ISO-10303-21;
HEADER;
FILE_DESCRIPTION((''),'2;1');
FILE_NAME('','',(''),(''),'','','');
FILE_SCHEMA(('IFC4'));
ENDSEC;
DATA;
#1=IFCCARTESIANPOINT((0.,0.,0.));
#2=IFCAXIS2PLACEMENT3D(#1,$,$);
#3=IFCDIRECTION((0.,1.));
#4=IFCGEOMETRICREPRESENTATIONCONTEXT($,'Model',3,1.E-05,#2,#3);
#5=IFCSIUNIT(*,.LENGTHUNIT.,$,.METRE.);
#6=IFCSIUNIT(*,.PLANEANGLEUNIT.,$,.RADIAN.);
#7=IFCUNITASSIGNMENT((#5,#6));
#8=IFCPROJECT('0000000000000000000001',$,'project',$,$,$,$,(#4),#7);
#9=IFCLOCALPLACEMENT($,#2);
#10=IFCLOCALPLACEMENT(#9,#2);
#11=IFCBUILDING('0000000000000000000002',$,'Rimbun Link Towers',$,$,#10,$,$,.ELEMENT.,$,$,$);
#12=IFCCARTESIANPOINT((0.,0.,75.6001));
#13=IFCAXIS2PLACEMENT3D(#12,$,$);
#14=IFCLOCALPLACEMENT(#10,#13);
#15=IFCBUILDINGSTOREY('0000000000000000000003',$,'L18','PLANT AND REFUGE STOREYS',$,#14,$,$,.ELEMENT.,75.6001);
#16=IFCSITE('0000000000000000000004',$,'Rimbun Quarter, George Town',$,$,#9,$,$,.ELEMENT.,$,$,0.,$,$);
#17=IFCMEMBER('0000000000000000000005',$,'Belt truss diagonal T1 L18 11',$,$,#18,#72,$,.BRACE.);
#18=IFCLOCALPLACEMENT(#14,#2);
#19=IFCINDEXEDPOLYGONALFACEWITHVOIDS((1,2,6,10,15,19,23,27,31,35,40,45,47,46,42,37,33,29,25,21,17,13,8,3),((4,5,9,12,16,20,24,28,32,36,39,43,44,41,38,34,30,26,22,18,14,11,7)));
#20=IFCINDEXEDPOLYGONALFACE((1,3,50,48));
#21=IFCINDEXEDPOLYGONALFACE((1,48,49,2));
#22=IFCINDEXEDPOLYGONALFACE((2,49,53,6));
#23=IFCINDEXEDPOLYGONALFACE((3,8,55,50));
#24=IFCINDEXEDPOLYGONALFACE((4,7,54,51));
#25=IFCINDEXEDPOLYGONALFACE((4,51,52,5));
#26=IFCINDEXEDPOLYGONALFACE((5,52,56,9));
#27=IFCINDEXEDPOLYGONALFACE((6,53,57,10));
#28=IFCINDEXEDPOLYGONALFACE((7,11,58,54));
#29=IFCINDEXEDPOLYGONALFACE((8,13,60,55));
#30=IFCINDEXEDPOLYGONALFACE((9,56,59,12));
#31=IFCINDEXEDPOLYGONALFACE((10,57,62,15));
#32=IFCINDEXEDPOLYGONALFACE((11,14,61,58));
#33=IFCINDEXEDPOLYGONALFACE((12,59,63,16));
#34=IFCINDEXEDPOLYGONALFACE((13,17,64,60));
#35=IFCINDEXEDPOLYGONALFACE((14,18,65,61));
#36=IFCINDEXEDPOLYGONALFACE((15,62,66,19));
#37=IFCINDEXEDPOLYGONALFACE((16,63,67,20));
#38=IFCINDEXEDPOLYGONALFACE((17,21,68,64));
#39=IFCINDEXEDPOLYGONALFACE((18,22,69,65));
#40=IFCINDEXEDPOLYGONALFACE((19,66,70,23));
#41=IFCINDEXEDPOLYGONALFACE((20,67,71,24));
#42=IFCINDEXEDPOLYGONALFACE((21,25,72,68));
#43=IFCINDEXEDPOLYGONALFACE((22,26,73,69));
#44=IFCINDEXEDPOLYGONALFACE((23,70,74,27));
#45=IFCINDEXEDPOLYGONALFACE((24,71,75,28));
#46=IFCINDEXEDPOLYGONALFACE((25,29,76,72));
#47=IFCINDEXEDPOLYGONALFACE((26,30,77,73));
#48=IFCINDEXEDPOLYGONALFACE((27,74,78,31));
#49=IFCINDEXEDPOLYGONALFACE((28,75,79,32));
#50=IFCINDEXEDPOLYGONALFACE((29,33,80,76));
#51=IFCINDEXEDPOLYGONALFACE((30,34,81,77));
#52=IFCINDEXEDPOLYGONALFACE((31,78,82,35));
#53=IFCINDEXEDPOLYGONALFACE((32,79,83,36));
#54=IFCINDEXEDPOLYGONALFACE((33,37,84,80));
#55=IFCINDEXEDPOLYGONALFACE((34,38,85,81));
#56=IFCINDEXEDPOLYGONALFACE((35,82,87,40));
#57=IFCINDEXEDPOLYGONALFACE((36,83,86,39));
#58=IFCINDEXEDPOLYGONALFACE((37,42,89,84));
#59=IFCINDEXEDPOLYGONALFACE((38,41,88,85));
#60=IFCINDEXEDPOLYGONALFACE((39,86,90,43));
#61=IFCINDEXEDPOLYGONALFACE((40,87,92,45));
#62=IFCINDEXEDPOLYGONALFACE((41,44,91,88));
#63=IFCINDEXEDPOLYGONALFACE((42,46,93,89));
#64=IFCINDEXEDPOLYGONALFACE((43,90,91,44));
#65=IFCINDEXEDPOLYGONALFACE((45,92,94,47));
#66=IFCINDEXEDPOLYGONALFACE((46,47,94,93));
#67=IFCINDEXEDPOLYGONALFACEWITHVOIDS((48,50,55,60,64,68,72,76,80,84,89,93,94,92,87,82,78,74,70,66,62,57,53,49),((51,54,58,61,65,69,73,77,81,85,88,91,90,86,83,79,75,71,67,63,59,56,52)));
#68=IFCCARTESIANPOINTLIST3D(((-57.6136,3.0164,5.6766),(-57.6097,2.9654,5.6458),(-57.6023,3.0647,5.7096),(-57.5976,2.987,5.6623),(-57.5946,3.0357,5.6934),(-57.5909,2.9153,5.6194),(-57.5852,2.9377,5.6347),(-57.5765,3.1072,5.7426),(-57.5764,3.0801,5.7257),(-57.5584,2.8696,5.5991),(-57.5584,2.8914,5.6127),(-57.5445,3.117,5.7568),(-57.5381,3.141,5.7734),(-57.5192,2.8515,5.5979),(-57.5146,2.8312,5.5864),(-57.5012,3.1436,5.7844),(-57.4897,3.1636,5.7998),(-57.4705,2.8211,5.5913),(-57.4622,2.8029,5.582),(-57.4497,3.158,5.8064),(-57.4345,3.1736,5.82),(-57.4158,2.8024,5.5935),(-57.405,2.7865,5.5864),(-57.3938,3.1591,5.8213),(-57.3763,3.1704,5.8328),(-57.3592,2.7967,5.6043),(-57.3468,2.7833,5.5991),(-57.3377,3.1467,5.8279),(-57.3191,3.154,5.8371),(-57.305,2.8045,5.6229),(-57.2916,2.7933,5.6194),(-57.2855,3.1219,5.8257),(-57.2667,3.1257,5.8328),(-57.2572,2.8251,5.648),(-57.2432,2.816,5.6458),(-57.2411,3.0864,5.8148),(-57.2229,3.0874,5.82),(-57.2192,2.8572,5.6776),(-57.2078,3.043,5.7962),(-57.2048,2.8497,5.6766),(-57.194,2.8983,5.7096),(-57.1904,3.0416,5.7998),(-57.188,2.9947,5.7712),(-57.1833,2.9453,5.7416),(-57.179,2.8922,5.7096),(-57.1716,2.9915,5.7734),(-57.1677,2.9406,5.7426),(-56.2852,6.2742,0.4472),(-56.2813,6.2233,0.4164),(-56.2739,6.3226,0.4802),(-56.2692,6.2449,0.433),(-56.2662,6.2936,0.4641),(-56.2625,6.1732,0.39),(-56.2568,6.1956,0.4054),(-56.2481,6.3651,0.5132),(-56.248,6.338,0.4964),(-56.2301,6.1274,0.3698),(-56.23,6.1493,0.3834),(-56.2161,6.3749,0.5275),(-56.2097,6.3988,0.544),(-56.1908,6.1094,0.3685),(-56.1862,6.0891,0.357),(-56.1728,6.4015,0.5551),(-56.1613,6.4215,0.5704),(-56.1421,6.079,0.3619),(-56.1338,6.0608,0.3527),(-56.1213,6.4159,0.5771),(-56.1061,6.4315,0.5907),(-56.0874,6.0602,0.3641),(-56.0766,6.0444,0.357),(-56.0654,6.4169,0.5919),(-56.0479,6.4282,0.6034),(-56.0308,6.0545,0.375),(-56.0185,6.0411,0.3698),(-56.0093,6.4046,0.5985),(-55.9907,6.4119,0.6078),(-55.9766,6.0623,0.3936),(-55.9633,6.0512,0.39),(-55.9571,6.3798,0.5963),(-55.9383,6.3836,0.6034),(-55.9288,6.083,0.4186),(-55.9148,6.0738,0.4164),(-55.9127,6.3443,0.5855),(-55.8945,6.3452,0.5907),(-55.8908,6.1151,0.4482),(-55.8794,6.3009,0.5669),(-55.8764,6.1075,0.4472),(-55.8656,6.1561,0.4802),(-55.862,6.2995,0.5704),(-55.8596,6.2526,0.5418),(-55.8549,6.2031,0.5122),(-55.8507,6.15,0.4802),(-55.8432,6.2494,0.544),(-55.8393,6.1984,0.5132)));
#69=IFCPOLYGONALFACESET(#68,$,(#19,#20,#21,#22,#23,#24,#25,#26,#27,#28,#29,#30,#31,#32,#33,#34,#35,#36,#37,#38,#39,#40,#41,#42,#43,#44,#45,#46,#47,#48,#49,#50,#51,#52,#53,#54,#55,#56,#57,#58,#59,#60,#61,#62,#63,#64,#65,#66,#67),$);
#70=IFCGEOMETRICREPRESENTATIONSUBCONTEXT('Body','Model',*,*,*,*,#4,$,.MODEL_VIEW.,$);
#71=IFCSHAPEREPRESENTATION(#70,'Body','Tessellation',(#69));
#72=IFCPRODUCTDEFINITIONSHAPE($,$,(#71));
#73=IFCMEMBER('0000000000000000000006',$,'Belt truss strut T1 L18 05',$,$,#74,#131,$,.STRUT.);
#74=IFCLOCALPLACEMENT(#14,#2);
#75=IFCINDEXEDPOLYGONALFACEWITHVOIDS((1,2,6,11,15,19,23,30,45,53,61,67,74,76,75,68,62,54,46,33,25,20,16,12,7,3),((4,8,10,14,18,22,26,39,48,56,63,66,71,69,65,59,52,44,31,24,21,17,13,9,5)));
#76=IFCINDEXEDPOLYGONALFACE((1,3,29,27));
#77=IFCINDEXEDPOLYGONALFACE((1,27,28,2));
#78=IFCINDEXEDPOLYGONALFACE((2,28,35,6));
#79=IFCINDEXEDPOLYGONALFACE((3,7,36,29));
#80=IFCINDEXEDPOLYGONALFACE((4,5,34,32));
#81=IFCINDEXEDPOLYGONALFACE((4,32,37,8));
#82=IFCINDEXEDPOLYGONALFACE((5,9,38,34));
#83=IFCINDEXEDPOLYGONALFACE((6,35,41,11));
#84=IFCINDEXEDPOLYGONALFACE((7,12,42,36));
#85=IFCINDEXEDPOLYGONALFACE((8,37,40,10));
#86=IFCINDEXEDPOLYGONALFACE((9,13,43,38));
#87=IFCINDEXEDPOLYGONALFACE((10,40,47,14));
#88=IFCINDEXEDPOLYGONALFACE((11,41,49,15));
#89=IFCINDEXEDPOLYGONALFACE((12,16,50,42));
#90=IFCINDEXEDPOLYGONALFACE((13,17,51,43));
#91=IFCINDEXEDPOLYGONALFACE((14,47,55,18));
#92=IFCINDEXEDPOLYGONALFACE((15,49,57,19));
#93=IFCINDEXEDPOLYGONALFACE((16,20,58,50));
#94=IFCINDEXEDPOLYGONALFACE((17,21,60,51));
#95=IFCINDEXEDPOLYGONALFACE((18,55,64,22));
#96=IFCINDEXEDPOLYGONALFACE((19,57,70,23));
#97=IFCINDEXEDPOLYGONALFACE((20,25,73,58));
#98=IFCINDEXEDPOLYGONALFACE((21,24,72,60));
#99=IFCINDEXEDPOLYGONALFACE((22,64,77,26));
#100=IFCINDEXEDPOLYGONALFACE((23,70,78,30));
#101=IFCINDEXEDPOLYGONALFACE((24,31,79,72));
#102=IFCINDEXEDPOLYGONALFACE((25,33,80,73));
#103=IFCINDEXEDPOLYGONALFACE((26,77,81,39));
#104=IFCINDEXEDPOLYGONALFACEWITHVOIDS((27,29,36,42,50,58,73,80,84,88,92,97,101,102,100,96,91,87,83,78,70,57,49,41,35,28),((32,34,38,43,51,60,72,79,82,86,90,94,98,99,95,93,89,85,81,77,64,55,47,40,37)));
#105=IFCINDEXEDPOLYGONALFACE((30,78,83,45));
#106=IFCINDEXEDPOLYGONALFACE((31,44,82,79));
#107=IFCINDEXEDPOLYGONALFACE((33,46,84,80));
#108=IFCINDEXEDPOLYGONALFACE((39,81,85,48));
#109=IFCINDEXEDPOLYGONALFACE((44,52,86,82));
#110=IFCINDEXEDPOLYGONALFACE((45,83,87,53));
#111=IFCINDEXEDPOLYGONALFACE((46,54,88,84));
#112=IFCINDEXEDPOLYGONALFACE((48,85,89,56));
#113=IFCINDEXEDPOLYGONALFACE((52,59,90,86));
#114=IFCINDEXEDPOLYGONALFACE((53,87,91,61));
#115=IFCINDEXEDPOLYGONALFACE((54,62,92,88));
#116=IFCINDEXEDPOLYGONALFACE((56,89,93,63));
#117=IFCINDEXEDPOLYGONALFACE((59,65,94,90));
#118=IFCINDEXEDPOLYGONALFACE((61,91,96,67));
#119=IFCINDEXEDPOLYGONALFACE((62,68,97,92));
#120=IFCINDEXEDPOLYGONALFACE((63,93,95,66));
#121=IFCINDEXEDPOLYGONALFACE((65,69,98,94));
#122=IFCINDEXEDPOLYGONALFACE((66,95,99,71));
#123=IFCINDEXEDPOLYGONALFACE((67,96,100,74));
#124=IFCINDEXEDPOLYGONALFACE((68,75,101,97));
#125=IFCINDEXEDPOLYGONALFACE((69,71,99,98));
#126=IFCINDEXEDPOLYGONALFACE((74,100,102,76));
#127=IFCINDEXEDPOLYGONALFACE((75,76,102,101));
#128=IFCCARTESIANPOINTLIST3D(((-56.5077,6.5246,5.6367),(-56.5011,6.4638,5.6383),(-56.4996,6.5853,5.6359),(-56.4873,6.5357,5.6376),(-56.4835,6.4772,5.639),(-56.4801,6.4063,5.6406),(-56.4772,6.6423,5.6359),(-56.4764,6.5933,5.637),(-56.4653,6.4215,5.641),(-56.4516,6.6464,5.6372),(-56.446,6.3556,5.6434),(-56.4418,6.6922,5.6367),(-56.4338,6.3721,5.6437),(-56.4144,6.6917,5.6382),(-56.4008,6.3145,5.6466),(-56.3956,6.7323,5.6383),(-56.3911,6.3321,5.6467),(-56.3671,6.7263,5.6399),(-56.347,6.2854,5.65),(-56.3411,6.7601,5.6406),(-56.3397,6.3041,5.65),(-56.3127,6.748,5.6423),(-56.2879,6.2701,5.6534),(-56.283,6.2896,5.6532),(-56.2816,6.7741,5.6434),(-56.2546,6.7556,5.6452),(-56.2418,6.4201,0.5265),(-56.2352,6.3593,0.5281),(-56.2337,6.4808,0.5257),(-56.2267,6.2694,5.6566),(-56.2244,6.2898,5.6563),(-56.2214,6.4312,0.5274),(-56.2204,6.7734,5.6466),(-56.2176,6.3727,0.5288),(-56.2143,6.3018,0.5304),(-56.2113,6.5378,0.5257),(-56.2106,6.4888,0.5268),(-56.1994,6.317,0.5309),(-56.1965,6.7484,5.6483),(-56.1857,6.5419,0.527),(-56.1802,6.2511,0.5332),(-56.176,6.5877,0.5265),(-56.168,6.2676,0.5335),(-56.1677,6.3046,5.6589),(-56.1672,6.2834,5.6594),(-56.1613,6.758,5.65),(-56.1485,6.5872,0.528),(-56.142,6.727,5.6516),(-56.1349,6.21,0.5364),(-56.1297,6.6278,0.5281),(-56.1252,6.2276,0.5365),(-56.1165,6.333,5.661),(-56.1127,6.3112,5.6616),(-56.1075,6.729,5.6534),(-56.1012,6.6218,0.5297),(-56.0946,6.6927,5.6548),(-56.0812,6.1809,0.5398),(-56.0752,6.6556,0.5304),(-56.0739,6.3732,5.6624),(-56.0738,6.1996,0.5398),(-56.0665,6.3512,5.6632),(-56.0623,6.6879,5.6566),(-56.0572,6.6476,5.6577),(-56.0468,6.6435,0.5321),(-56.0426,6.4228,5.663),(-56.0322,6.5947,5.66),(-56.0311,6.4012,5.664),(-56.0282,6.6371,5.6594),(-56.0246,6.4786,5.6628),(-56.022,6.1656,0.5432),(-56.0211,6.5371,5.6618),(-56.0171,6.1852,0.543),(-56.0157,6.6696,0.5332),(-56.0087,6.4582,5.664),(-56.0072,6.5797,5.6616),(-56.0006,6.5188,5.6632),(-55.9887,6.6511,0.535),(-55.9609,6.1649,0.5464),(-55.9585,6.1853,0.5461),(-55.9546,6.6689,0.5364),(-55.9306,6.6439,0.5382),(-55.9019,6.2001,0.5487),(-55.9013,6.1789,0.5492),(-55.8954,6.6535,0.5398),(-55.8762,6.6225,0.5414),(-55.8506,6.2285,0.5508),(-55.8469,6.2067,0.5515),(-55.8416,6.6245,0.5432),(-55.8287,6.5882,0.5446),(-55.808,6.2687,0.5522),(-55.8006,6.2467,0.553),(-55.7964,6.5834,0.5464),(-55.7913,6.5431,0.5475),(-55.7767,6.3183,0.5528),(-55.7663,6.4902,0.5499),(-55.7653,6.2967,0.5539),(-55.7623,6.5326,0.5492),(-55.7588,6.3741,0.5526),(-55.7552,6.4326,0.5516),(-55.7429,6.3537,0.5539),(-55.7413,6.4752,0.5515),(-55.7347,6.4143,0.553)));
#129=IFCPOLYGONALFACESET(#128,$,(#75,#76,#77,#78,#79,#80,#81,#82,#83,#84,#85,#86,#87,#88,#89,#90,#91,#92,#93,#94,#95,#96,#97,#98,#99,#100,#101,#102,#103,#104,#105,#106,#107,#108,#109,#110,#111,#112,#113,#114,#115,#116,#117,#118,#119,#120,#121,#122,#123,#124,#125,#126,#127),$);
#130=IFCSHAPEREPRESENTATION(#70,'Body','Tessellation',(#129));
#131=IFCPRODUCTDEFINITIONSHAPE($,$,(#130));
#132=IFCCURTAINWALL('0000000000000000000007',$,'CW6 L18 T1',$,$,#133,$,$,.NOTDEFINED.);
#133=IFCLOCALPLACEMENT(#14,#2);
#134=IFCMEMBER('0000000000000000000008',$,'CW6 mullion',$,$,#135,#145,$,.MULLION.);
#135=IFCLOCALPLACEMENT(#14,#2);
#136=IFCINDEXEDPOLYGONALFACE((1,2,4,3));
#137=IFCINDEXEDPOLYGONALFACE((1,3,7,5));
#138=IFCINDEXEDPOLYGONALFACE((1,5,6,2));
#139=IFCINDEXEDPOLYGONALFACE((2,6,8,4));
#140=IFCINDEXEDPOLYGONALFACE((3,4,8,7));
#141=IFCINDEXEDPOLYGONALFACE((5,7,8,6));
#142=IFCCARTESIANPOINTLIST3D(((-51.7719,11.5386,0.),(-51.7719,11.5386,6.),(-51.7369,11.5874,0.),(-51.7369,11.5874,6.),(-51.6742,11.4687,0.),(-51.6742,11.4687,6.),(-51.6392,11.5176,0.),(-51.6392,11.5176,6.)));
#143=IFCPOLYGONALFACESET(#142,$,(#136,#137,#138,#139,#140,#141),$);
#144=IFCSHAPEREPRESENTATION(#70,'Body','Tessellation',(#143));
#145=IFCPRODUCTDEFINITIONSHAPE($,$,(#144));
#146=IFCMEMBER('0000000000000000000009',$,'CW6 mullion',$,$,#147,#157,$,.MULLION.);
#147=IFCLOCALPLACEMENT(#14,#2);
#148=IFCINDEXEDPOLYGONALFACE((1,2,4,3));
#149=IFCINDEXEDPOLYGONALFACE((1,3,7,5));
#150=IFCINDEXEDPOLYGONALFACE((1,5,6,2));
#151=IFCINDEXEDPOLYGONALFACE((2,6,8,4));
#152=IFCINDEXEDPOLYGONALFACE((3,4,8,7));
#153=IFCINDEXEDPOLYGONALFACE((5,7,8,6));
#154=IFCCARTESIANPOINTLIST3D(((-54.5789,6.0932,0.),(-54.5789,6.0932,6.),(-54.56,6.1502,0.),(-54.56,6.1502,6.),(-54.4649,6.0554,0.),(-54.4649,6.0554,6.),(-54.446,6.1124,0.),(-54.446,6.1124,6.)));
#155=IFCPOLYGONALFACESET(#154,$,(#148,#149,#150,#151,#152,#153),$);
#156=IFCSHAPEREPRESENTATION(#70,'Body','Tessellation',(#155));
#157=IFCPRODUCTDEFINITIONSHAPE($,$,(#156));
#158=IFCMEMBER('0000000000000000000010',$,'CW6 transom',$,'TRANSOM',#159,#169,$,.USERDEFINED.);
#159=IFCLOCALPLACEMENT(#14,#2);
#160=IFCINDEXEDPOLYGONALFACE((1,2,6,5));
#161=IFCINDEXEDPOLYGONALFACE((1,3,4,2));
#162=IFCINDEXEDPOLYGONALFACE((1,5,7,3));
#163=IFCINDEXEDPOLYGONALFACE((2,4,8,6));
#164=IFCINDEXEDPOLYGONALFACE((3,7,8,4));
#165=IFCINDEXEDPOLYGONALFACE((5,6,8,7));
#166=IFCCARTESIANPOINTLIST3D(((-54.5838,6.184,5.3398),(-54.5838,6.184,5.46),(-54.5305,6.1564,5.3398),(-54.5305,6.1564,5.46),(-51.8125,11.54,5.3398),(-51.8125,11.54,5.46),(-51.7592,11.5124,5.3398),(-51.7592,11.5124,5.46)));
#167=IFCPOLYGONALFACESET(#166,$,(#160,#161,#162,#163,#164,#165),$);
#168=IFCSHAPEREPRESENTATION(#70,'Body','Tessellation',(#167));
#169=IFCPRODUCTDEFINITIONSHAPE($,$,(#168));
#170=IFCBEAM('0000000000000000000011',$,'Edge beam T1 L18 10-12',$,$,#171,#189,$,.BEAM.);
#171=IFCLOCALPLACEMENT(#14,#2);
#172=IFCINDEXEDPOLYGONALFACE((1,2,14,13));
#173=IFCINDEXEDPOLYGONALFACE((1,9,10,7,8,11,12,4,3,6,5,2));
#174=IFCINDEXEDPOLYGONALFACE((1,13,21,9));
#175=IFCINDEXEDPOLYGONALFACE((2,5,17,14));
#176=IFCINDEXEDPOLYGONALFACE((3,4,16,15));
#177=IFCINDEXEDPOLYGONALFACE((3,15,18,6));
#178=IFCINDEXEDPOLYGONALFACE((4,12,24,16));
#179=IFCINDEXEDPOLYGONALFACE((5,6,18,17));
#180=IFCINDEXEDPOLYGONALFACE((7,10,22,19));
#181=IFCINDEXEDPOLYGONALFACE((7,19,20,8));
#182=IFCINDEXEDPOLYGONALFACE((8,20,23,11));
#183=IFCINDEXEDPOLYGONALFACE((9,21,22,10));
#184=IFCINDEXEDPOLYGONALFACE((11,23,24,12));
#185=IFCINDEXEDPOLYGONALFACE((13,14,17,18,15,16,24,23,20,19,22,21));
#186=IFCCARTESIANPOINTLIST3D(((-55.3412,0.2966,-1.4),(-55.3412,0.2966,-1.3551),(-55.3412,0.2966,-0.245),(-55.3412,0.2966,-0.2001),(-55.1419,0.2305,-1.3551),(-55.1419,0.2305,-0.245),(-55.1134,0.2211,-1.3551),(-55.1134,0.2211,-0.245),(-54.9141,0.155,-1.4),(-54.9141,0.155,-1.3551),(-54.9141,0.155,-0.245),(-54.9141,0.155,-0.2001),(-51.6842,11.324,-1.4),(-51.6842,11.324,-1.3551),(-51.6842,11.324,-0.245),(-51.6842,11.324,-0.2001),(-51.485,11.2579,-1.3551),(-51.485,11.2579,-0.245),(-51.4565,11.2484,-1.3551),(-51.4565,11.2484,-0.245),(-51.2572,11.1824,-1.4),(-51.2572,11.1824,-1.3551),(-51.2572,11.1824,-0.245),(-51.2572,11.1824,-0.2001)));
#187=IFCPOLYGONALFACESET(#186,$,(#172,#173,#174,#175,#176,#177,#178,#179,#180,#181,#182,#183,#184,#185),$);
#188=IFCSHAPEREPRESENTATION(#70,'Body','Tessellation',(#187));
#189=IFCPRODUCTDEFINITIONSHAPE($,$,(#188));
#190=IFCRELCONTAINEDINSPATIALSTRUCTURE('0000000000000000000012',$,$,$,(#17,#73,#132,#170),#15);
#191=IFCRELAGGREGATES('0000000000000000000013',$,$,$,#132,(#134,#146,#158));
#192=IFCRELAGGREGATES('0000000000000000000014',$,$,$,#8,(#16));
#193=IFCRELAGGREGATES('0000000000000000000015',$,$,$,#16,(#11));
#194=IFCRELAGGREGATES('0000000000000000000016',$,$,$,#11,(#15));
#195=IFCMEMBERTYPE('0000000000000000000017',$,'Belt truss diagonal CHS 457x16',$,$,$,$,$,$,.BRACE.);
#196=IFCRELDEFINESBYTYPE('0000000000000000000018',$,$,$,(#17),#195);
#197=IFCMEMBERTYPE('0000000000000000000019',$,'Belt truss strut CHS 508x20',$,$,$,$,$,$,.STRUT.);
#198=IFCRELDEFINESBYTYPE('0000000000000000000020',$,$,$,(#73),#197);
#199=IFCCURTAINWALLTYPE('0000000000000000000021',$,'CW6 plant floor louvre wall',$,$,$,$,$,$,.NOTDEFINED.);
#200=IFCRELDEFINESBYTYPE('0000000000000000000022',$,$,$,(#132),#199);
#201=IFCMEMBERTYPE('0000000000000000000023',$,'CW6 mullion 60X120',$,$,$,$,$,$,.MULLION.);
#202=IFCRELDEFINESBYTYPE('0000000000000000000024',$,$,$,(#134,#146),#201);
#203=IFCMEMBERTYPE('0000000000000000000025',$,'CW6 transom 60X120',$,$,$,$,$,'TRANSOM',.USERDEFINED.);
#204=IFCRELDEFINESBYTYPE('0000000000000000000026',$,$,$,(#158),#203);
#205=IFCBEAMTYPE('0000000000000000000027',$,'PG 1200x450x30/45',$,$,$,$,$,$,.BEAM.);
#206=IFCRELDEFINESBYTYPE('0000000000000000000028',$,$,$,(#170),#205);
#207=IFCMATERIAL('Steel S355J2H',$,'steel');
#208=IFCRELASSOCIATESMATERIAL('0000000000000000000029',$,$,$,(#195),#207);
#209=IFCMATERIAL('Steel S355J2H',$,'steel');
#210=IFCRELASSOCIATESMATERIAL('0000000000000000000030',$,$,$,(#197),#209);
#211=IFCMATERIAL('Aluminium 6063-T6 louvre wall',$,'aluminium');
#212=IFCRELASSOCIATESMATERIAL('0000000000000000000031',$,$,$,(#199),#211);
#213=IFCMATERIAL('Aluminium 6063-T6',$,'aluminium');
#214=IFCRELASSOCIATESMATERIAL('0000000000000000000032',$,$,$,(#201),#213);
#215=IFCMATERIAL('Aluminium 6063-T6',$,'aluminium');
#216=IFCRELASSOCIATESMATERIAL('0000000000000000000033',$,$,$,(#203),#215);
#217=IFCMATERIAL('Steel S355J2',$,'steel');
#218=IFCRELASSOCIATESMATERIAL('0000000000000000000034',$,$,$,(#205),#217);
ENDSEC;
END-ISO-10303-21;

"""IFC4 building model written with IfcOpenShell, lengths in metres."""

from ifc_helpers import new_model, si_unit, direction, frame, origin, origin_2d, place, context, subcontext, project, spatial, rectangle, hollow_circle, i_section, extrude, material, material_profile, profile_set, type_object, element, aggregate, save


model = new_model("IFC4")

# Units and contexts
model_context = context("Model", 3, precision=1e-05, world=origin(), true_north=direction((0.0, 1.0)))
body_context = subcontext(model_context, "Body", "Model", "MODEL_VIEW")
ifc_project = project(units=[si_unit("LENGTHUNIT", "METRE"), si_unit("PLANEANGLEUNIT", "RADIAN")], contexts=[model_context])

# Site, building, storey
site_placement = place(None, origin())
site = spatial("IfcSite", under=ifc_project, at=site_placement, Name="Rimbun Quarter, George Town", CompositionType="ELEMENT", RefElevation=0.0)
building_placement = place(site_placement, origin())
building = spatial("IfcBuilding", under=site, at=building_placement, Name="Rimbun Link Towers", CompositionType="ELEMENT")
storey_placement = place(building_placement, frame((0.0, 0.0, 75.6001)))
storey = spatial("IfcBuildingStorey", under=building, at=storey_placement, Name="L18", Description="PLANT AND REFUGE STOREYS", CompositionType="ELEMENT", Elevation=75.6001)

# Members
ifc_material_1 = material(Name="Steel S355J2H", Category="steel")
ifc_material_profile_1 = material_profile(ifc_material_1, hollow_circle(Radius=0.2285, WallThickness=0.0161, at=origin_2d()), Name="Belt truss diagonal CHS 457x16")
ifc_profile_set_1 = profile_set([ifc_material_profile_1], Name="Steel S355J2H")
member_type_1 = type_object("IfcMemberType", Name="Belt truss diagonal CHS 457x16", PredefinedType="BRACE", material=ifc_profile_set_1)
member_1_placement = place(storey_placement, frame((-56.0623, 6.2363, 0.4802), z_axis=(-0.210765, -0.516899, 0.829695), x_axis=(0.925982, -0.377568, 0.0)))
element("IfcMember", 1, at=member_1_placement, inside=storey, type_object=member_type_1, Name="Belt truss diagonal T1 L18 11", PredefinedType="BRACE", context=body_context, shape_type="SweptSolid", body=[
    extrude(hollow_circle(Radius=0.2285, WallThickness=0.0161, at=origin_2d()), origin(), (0.0, 0.0, 1.0), 6.3027),
])
ifc_material_2 = material(Name="Steel S355J2H", Category="steel")
ifc_material_profile_2 = material_profile(ifc_material_2, hollow_circle(Radius=0.2539, WallThickness=0.02, at=origin_2d()), Name="Belt truss strut CHS 508x20")
ifc_profile_set_2 = profile_set([ifc_material_profile_2], Name="Steel S355J2H")
member_type_2 = type_object("IfcMemberType", Name="Belt truss strut CHS 508x20", PredefinedType="STRUT", material=ifc_profile_set_2)
member_2_placement = place(storey_placement, frame((-55.9883, 6.4172, 0.5398), z_axis=(-0.051947, 0.020416, 0.998441), x_axis=(-0.365785, -0.9307, 0.0)))
element("IfcMember", 2, at=member_2_placement, inside=storey, type_object=member_type_2, Name="Belt truss strut T1 L18 05", PredefinedType="STRUT", context=body_context, shape_type="SweptSolid", body=[
    extrude(hollow_circle(Radius=0.2539, WallThickness=0.02, at=origin_2d()), origin(), (0.0, 0.0, 1.0), 5.1182),
])

# Curtain wall, members
ifc_material_3 = material(Name="Aluminium 6063-T6 louvre wall", Category="aluminium")
curtain_wall_type = type_object("IfcCurtainWallType", Name="CW6 plant floor louvre wall", PredefinedType="NOTDEFINED", material=ifc_material_3)
curtain_wall_placement = place(storey_placement, origin())
curtain_wall = element("IfcCurtainWall", 3, at=curtain_wall_placement, inside=storey, type_object=curtain_wall_type, Name="CW6 L18 T1", PredefinedType="NOTDEFINED")
ifc_material_4 = material(Name="Aluminium 6063-T6", Category="aluminium")
ifc_material_profile_3 = material_profile(ifc_material_4, rectangle(XDim=0.1201, YDim=0.0601, at=origin_2d()), Name="MULLION 60X120")
ifc_profile_set_3 = profile_set([ifc_material_profile_3], Name="Aluminium 6063-T6")
member_type_3 = type_object("IfcMemberType", Name="CW6 mullion 60X120", PredefinedType="MULLION", material=ifc_profile_set_3)
member_3_placement = place(storey_placement, frame((-51.7056, 11.5281, 0.0), z_axis=(0.0, 0.0, 1.0), x_axis=(-0.813349, 0.581776, 0.0)))
member_3 = element("IfcMember", 4, at=member_3_placement, type_object=member_type_3, Name="CW6 mullion", PredefinedType="MULLION", context=body_context, shape_type="SweptSolid", body=[
    extrude(rectangle(XDim=0.1201, YDim=0.0601, at=origin_2d()), origin(), (0.0, 0.0, 1.0), 6.0),
])
member_4_placement = place(storey_placement, frame((-54.5125, 6.1028, 0.0), z_axis=(0.0, 0.0, 1.0), x_axis=(-0.949163, 0.314784, 0.0)))
member_4 = element("IfcMember", 5, at=member_4_placement, type_object=member_type_3, Name="CW6 mullion", PredefinedType="MULLION", context=body_context, shape_type="SweptSolid", body=[
    extrude(rectangle(XDim=0.1201, YDim=0.0601, at=origin_2d()), origin(), (0.0, 0.0, 1.0), 6.0),
])
ifc_material_5 = material(Name="Aluminium 6063-T6", Category="aluminium")
ifc_material_profile_4 = material_profile(ifc_material_5, rectangle(XDim=0.0601, YDim=0.1201, at=origin_2d()), Name="TRANSOM 60X120")
ifc_profile_set_4 = profile_set([ifc_material_profile_4], Name="Aluminium 6063-T6")
member_type_4 = type_object("IfcMemberType", Name="CW6 transom 60X120", ElementType="TRANSOM", PredefinedType="USERDEFINED", material=ifc_profile_set_4)
member_5_placement = place(storey_placement, frame((-54.5571, 6.1702, 5.3999), z_axis=(0.459543, 0.888156, 0.0), x_axis=(-0.888156, 0.459543, 0.0)))
member_5 = element("IfcMember", 6, at=member_5_placement, type_object=member_type_4, Name="CW6 transom", ObjectType="TRANSOM", PredefinedType="USERDEFINED", context=body_context, shape_type="SweptSolid", body=[
    extrude(rectangle(XDim=0.0601, YDim=0.1201, at=origin_2d()), origin(), (0.0, 0.0, 1.0), 6.0305),
])

# Beam
ifc_material_6 = material(Name="Steel S355J2", Category="steel")
ifc_material_profile_5 = material_profile(ifc_material_6, i_section(OverallWidth=0.45, OverallDepth=1.2, WebThickness=0.03, FlangeThickness=0.0449, at=origin_2d()), Name="PG 1200x450x30/45")
ifc_profile_set_5 = profile_set([ifc_material_profile_5], Name="Steel S355J2")
beam_type_1 = type_object("IfcBeamType", Name="PG 1200x450x30/45", PredefinedType="BEAM", material=ifc_profile_set_5)
beam_1_placement = place(storey_placement, frame((-51.4707, 11.2532, -0.8), z_axis=(-0.314771, -0.949168, 0.0), x_axis=(0.949168, -0.314771, 0.0)))
element("IfcBeam", 7, at=beam_1_placement, inside=storey, type_object=beam_type_1, Name="Edge beam T1 L18 10-12", PredefinedType="BEAM", context=body_context, shape_type="SweptSolid", body=[
    extrude(i_section(OverallWidth=0.45, OverallDepth=1.2, WebThickness=0.03, FlangeThickness=0.0449, at=origin_2d()), origin(), (0.0, 0.0, 1.0), 11.6179),
])

aggregate(curtain_wall, [member_3, member_4, member_5])

save(model, "model.ifc")
